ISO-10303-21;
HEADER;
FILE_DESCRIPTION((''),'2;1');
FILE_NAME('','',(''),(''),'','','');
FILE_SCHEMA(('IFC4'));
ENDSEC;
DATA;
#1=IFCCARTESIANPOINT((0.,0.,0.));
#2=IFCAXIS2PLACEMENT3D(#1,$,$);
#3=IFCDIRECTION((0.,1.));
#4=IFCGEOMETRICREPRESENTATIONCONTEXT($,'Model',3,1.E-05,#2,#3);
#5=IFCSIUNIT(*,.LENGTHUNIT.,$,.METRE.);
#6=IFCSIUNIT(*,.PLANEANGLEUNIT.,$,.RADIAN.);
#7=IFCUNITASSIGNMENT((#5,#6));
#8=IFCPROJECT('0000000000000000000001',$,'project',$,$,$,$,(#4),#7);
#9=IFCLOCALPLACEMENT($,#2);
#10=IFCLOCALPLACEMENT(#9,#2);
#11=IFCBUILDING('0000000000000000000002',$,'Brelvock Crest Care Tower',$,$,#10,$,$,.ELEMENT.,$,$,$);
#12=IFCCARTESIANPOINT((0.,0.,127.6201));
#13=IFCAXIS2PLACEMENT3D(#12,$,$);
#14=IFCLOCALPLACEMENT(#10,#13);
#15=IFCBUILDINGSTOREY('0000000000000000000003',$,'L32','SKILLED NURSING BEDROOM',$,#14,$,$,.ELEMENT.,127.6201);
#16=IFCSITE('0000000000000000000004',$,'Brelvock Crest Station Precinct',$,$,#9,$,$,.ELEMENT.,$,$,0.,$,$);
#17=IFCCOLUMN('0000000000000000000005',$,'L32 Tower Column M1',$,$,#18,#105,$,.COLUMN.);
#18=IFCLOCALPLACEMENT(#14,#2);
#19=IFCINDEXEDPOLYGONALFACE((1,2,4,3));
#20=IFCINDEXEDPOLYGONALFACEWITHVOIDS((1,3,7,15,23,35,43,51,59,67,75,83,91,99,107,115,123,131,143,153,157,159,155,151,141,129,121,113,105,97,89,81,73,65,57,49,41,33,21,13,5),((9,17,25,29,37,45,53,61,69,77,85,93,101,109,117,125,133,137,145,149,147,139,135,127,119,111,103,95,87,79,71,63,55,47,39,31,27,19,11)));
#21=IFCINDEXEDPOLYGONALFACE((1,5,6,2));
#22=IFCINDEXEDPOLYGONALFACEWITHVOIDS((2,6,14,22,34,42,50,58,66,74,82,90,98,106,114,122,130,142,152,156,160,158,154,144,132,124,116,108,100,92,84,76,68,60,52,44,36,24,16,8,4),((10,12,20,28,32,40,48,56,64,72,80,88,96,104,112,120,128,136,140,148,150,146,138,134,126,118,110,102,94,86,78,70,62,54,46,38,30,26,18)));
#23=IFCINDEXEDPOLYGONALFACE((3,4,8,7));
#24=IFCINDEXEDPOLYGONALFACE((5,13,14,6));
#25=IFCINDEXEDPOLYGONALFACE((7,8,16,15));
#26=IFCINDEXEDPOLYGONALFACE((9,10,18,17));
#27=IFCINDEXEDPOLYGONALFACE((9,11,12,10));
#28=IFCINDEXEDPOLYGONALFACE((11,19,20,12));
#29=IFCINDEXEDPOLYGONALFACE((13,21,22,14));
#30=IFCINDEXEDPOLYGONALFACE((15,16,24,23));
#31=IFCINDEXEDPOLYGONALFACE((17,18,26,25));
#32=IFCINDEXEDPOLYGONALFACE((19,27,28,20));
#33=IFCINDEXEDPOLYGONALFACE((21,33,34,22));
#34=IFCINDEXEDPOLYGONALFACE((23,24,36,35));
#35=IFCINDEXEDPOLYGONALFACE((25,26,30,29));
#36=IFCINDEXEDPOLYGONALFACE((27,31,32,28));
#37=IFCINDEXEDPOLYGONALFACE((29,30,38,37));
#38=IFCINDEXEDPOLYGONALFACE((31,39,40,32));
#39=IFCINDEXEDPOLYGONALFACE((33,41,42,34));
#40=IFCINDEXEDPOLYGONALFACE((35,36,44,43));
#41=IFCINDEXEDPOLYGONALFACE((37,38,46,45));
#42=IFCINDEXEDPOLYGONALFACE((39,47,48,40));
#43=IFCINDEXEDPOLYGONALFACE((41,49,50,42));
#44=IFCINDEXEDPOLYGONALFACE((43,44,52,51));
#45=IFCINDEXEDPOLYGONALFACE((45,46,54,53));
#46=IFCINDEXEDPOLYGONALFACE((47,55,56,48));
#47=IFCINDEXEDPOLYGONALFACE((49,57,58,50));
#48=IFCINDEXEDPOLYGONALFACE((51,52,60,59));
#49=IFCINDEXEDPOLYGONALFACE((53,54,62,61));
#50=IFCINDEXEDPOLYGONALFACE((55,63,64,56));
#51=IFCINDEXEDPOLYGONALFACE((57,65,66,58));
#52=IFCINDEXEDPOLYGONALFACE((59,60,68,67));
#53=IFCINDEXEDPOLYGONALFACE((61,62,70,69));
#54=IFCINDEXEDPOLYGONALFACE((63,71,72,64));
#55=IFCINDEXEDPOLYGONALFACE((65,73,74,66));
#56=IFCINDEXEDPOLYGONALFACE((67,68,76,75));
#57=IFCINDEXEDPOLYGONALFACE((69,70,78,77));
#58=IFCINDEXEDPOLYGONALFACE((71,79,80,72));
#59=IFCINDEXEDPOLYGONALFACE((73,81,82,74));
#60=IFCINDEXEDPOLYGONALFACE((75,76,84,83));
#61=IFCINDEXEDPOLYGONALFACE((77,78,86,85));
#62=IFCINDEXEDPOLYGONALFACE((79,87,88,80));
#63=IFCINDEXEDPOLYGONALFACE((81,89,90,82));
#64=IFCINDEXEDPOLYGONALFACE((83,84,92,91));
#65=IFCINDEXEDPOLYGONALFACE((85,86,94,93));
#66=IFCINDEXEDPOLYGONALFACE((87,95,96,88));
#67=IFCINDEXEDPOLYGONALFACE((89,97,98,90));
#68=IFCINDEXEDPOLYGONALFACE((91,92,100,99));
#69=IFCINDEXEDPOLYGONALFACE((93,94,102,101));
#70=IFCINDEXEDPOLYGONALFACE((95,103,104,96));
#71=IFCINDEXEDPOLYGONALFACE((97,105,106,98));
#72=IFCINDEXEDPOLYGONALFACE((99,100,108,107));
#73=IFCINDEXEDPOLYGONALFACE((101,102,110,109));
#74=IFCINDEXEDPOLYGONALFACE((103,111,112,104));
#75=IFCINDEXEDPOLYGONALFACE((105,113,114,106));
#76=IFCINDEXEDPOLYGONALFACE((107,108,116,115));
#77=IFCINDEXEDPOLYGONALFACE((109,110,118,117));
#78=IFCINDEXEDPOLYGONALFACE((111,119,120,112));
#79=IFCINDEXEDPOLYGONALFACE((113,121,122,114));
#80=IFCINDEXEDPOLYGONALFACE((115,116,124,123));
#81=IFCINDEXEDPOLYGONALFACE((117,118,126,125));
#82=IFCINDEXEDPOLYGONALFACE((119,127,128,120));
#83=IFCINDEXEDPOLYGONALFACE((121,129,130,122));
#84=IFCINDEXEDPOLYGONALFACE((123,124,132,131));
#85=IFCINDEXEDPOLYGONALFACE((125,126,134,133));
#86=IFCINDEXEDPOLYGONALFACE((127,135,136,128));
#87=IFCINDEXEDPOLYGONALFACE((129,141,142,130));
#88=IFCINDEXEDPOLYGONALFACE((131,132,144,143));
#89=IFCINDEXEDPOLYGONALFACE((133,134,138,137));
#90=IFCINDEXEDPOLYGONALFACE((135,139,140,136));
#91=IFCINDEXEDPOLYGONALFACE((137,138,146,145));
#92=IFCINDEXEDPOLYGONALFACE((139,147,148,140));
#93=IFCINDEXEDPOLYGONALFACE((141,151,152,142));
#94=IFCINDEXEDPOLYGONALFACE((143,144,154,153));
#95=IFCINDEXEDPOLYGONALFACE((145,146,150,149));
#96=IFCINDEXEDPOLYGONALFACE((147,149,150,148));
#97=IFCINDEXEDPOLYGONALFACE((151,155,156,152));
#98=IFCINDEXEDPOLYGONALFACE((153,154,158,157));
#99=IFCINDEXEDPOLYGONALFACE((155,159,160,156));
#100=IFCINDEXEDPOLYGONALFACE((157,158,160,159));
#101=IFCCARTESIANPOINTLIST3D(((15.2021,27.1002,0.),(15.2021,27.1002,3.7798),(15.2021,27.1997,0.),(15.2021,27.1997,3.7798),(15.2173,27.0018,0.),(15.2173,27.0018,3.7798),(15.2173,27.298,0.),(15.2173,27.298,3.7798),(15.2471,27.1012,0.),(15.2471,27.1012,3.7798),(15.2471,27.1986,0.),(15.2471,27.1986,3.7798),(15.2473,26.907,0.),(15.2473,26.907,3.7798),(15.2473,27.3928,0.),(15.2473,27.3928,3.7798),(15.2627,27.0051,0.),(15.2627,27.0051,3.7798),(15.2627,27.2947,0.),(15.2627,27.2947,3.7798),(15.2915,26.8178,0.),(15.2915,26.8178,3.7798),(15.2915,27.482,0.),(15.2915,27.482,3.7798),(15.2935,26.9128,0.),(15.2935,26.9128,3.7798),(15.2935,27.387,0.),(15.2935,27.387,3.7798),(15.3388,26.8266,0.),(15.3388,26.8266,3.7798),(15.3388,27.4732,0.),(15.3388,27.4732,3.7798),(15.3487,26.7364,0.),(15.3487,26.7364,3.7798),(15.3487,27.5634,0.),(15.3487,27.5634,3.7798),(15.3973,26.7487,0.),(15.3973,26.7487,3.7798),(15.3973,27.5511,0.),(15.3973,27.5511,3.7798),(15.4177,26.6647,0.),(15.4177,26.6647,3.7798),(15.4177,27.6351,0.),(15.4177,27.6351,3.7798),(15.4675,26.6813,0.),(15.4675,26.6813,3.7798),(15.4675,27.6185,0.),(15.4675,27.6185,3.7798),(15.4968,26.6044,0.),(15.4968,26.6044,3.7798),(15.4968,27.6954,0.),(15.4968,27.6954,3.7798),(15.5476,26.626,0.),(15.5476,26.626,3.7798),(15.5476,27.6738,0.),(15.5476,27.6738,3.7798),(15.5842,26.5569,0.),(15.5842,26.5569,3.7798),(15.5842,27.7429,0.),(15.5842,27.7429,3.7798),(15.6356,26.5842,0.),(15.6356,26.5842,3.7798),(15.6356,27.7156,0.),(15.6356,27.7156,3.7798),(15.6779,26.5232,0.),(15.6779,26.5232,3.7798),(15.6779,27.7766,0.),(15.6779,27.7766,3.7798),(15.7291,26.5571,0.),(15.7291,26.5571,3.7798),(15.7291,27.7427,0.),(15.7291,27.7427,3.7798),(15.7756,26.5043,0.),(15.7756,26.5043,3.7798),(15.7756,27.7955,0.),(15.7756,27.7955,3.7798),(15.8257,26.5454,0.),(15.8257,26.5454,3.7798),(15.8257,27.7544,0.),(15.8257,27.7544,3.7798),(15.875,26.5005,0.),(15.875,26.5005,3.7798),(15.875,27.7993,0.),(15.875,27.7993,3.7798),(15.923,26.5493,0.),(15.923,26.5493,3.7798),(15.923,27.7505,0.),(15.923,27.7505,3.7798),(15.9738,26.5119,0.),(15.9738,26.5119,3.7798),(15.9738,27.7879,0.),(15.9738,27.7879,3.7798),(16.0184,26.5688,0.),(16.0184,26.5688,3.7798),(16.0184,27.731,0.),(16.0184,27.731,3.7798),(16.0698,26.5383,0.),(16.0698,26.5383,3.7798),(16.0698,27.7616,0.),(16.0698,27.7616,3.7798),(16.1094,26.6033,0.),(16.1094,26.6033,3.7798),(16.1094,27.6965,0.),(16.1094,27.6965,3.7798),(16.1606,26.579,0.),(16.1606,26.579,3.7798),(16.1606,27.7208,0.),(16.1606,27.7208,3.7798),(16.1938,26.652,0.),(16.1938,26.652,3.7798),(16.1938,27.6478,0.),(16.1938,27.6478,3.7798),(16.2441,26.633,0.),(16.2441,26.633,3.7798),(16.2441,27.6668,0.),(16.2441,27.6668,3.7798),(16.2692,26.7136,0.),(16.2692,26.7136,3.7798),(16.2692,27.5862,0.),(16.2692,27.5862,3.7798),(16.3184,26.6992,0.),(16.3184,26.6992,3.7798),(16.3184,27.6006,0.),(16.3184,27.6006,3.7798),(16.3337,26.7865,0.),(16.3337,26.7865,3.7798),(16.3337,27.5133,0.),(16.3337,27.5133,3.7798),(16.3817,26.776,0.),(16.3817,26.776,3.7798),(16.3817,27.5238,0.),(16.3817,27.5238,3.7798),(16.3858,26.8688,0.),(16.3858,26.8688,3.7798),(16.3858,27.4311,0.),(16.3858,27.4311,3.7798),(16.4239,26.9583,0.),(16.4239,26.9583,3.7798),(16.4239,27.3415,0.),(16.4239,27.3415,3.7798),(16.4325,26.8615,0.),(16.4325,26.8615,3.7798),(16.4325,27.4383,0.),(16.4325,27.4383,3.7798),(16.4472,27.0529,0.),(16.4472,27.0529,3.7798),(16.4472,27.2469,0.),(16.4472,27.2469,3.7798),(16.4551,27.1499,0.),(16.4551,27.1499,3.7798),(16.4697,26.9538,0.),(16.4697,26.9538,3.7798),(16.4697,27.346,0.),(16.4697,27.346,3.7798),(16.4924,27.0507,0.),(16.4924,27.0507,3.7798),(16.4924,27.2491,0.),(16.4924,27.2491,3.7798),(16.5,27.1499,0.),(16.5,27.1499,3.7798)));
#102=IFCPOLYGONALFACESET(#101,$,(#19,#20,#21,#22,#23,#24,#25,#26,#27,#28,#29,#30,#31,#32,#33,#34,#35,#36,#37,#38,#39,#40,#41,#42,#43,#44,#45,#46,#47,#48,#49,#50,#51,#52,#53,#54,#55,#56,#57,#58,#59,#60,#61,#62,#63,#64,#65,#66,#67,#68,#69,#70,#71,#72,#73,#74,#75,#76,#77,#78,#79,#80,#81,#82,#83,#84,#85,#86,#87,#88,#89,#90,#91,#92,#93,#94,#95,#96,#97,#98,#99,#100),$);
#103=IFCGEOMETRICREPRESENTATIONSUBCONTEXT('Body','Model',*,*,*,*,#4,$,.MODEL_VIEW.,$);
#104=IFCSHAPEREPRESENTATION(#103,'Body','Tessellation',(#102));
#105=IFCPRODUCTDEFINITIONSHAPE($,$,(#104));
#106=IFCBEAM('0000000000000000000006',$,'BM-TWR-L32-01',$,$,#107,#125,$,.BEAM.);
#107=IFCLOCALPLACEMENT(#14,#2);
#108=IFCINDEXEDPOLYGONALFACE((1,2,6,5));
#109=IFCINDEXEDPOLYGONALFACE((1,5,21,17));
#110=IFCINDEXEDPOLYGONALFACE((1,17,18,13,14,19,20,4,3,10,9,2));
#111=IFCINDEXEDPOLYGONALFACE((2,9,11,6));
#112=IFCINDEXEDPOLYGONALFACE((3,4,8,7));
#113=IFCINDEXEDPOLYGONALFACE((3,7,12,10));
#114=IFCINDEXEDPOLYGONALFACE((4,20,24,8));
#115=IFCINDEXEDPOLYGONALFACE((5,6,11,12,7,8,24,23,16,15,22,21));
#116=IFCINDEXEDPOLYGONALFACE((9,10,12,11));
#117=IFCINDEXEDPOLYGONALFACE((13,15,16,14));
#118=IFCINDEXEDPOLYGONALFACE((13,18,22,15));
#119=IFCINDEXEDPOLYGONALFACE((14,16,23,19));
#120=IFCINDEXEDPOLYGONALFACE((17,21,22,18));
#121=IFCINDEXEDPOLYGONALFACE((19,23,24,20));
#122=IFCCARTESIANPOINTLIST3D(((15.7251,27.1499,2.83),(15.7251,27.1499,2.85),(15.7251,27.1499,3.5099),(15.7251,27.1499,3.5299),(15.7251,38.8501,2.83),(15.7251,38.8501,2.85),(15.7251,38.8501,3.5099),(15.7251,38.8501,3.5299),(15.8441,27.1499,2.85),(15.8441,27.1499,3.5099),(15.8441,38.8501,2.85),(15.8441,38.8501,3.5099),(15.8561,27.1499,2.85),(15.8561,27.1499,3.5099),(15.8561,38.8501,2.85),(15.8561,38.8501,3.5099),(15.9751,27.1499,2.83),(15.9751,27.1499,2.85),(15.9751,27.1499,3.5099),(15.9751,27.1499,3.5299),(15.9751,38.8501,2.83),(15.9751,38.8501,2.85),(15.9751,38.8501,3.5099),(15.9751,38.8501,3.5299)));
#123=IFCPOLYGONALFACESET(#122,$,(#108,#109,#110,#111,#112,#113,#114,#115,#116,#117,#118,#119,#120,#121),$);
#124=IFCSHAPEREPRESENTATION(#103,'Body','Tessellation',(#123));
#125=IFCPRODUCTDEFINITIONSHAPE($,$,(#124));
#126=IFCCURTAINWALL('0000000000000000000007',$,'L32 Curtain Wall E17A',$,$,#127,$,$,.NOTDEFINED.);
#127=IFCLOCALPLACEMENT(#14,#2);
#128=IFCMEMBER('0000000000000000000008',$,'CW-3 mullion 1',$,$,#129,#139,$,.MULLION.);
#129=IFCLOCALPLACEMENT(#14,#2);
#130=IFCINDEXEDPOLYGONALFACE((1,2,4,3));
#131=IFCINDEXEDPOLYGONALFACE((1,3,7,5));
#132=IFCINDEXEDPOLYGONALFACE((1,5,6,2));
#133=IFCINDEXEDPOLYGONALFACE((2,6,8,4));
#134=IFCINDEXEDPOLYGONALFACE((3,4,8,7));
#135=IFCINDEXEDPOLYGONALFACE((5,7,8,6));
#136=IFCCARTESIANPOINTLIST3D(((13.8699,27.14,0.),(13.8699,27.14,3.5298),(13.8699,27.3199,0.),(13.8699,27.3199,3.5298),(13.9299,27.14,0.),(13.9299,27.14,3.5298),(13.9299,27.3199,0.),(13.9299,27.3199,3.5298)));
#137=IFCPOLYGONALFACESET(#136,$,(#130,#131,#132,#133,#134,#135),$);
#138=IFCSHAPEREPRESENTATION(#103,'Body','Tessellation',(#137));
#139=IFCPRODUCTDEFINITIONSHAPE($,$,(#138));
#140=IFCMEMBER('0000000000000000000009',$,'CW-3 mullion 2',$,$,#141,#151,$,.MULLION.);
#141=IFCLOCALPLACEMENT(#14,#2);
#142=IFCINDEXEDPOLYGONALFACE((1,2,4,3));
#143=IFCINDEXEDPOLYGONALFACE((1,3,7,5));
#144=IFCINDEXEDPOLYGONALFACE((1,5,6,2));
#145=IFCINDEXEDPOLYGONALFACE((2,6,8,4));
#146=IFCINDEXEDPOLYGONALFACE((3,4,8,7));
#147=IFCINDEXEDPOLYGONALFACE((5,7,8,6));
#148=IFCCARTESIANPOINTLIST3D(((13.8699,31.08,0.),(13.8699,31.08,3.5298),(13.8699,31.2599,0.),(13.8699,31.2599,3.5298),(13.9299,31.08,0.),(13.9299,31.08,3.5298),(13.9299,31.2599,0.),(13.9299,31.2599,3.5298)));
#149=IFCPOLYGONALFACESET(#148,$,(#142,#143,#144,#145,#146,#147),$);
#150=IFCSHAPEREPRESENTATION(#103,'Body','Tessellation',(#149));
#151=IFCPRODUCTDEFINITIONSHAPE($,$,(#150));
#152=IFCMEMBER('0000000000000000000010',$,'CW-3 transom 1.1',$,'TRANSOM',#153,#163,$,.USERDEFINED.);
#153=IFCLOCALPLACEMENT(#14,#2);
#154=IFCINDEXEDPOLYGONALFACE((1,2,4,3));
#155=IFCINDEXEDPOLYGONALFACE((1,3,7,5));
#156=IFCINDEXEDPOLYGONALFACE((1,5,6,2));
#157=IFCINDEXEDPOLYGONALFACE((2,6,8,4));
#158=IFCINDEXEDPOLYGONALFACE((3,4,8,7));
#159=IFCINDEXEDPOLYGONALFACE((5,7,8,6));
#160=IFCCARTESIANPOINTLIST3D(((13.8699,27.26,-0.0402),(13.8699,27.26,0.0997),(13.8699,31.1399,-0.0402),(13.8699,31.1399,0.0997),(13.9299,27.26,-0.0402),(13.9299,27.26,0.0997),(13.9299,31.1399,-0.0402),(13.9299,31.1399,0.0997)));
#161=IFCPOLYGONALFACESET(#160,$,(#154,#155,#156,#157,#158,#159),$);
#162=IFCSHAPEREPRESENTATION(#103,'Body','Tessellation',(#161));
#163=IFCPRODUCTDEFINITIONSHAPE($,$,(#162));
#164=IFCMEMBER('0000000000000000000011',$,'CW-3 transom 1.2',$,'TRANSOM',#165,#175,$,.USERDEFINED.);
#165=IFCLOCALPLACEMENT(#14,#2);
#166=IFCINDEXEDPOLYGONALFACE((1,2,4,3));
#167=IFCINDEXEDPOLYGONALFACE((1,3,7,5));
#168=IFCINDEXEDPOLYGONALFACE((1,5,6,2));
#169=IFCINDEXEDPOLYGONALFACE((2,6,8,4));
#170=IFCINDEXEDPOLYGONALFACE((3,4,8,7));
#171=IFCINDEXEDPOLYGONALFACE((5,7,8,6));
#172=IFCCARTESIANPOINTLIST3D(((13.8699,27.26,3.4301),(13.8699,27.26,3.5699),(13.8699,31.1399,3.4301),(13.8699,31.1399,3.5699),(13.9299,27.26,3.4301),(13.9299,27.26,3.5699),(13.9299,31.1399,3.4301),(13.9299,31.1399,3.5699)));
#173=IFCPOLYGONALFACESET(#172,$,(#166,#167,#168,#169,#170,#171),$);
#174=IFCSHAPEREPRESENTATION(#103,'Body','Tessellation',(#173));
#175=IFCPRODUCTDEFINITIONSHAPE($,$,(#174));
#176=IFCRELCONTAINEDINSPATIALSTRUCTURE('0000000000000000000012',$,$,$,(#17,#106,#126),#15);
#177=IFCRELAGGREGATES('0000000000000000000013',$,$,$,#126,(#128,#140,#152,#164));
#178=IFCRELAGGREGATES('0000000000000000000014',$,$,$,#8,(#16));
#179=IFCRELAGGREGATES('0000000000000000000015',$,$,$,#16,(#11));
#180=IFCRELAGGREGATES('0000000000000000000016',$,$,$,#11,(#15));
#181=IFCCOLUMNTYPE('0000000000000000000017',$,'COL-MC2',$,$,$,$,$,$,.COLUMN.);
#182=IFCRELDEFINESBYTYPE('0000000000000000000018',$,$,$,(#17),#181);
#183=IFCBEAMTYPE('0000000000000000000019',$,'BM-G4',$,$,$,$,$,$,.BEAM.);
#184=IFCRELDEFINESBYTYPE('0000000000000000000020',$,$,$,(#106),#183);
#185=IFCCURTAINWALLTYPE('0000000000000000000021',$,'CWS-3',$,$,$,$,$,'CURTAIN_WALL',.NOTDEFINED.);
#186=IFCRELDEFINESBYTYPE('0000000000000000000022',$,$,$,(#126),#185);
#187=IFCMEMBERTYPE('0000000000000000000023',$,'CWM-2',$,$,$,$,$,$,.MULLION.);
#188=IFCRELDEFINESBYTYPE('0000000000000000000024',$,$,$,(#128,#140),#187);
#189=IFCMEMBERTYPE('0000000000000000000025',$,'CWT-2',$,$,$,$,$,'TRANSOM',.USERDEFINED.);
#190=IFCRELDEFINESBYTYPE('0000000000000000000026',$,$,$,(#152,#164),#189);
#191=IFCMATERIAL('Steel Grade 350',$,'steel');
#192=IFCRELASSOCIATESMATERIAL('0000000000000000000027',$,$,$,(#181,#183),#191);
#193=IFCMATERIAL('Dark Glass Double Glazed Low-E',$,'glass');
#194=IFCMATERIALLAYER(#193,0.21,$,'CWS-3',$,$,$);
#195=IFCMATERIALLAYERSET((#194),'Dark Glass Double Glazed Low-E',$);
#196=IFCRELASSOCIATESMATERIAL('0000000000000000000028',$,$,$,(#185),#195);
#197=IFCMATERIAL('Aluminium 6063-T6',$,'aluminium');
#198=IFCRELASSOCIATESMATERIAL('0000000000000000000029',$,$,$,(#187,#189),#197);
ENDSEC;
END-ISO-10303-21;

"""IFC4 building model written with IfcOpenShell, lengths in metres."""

from ifc_helpers import new_model, si_unit, direction, frame, origin, origin_2d, place, context, subcontext, project, spatial, rectangle, hollow_circle, i_section, extrude, source, transform, mapped, material, layer, layer_set, material_profile, profile_set, type_object, element, aggregate, save


model = new_model("IFC4")

# Units and contexts
model_context = context("Model", 3, precision=1e-05, world=origin(), true_north=direction((0.0, 1.0)))
body_context = subcontext(model_context, "Body", "Model", "MODEL_VIEW")
ifc_project = project(units=[si_unit("LENGTHUNIT", "METRE"), si_unit("PLANEANGLEUNIT", "RADIAN")], contexts=[model_context])

# Site, building, storey
site_placement = place(None, origin())
site = spatial("IfcSite", under=ifc_project, at=site_placement, Name="Brelvock Crest Station Precinct", CompositionType="ELEMENT", RefElevation=0.0)
building_placement = place(site_placement, origin())
building = spatial("IfcBuilding", under=site, at=building_placement, Name="Brelvock Crest Care Tower", CompositionType="ELEMENT")
storey_placement = place(building_placement, frame((0.0, 0.0, 127.6201)))
storey = spatial("IfcBuildingStorey", under=building, at=storey_placement, Name="L32", Description="SKILLED NURSING BEDROOM", CompositionType="ELEMENT", Elevation=127.6201)

# Column
ifc_material_1 = material(Name="Steel Grade 350", Category="steel")
ifc_material_profile_1 = material_profile(ifc_material_1, hollow_circle(Radius=0.6499, WallThickness=0.0449, at=origin_2d()), Name="CFT1300x45")
ifc_profile_set_1 = profile_set([ifc_material_profile_1], Name="Steel Grade 350")
column_type = type_object("IfcColumnType", Name="COL-MC2", PredefinedType="COLUMN", material=ifc_profile_set_1)
shared_shape_1 = source(origin(), body_context, "Body", "SweptSolid", [
    extrude(hollow_circle(Radius=0.6499, WallThickness=0.0449, at=origin_2d()), origin(), (0.0, 0.0, 1.0), 3.7798),
])
column_placement = place(storey_placement, frame((15.8501, 27.1499, 0.0), z_axis=(0.0, 0.0, 1.0), x_axis=(1.0, 0.0, 0.0)))
element("IfcColumn", 1, at=column_placement, inside=storey, type_object=column_type, Name="L32 Tower Column M1", PredefinedType="COLUMN", context=body_context, shape_type="MappedRepresentation", body=[
    mapped(shared_shape_1, transform((0.0, 0.0, 0.0), x_axis=(1.0, 0.0, 0.0), y_axis=(0.0, 1.0, 0.0), z_axis=(0.0, 0.0, 1.0), scale=1.0)),
])

# Beam
ifc_material_profile_2 = material_profile(ifc_material_1, i_section(OverallWidth=0.25, OverallDepth=0.7, WebThickness=0.012, FlangeThickness=0.02, at=origin_2d()), Name="700WB150")
ifc_profile_set_2 = profile_set([ifc_material_profile_2], Name="Steel Grade 350")
beam_type = type_object("IfcBeamType", Name="BM-G4", PredefinedType="BEAM", material=ifc_profile_set_2)
shared_shape_2 = source(origin(), body_context, "Body", "SweptSolid", [
    extrude(i_section(OverallWidth=0.25, OverallDepth=0.7, WebThickness=0.012, FlangeThickness=0.02, at=origin_2d()), origin(), (0.0, 0.0, 1.0), 11.7002),
])
beam_placement = place(storey_placement, frame((15.8501, 27.1499, 3.1799), z_axis=(0.0, 1.0, 0.0), x_axis=(-1.0, 0.0, 0.0)))
element("IfcBeam", 2, at=beam_placement, inside=storey, type_object=beam_type, Name="BM-TWR-L32-01", PredefinedType="BEAM", context=body_context, shape_type="MappedRepresentation", body=[
    mapped(shared_shape_2, transform((0.0, 0.0, 0.0), x_axis=(1.0, 0.0, 0.0), y_axis=(0.0, 1.0, 0.0), z_axis=(0.0, 0.0, 1.0), scale=1.0)),
])

# Curtain wall, members
ifc_material_2 = material(Name="Dark Glass Double Glazed Low-E", Category="glass")
ifc_layer_1 = layer(ifc_material_2, 0.21, Name="CWS-3")
ifc_layer_set_1 = layer_set([ifc_layer_1], Name="Dark Glass Double Glazed Low-E")
curtain_wall_type = type_object("IfcCurtainWallType", Name="CWS-3", ElementType="CURTAIN_WALL", PredefinedType="NOTDEFINED", material=ifc_layer_set_1)
curtain_wall_placement = place(storey_placement, origin())
curtain_wall = element("IfcCurtainWall", 3, at=curtain_wall_placement, inside=storey, type_object=curtain_wall_type, Name="L32 Curtain Wall E17A", PredefinedType="NOTDEFINED")
ifc_material_3 = material(Name="Aluminium 6063-T6", Category="aluminium")
ifc_material_profile_3 = material_profile(ifc_material_3, rectangle(XDim=0.0601, YDim=0.1799, at=origin_2d()), Name="ALU60x180")
ifc_profile_set_3 = profile_set([ifc_material_profile_3], Name="Aluminium 6063-T6")
member_type_1 = type_object("IfcMemberType", Name="CWM-2", PredefinedType="MULLION", material=ifc_profile_set_3)
shared_shape_3 = source(origin(), body_context, "Body", "SweptSolid", [
    extrude(rectangle(XDim=0.0601, YDim=0.1799, at=origin_2d()), origin(), (0.0, 0.0, 1.0), 3.5298),
])
member_1_placement = place(storey_placement, frame((13.8999, 27.23, 0.0), z_axis=(0.0, 0.0, 1.0), x_axis=(-1.0, 0.0, 0.0)))
member_1 = element("IfcMember", 4, at=member_1_placement, type_object=member_type_1, Name="CW-3 mullion 1", PredefinedType="MULLION", context=body_context, shape_type="MappedRepresentation", body=[
    mapped(shared_shape_3, transform((0.0, 0.0, 0.0), x_axis=(1.0, 0.0, 0.0), y_axis=(0.0, 1.0, 0.0), z_axis=(0.0, 0.0, 1.0), scale=1.0)),
])
member_2_placement = place(storey_placement, frame((13.8999, 31.1699, 0.0), z_axis=(0.0, 0.0, 1.0), x_axis=(-1.0, 0.0, 0.0)))
member_2 = element("IfcMember", 5, at=member_2_placement, type_object=member_type_1, Name="CW-3 mullion 2", PredefinedType="MULLION", context=body_context, shape_type="MappedRepresentation", body=[
    mapped(shared_shape_3, transform((0.0, 0.0, 0.0), x_axis=(1.0, 0.0, 0.0), y_axis=(0.0, 1.0, 0.0), z_axis=(0.0, 0.0, 1.0), scale=1.0)),
])
ifc_material_profile_4 = material_profile(ifc_material_3, rectangle(XDim=0.0601, YDim=0.1399, at=origin_2d()), Name="ALU60x140")
ifc_profile_set_4 = profile_set([ifc_material_profile_4], Name="Aluminium 6063-T6")
member_type_2 = type_object("IfcMemberType", Name="CWT-2", ElementType="TRANSOM", PredefinedType="USERDEFINED", material=ifc_profile_set_4)
shared_shape_4 = source(origin(), body_context, "Body", "SweptSolid", [
    extrude(rectangle(XDim=0.0601, YDim=0.1399, at=origin_2d()), origin(), (0.0, 0.0, 1.0), 3.8799),
])
member_3_placement = place(storey_placement, frame((13.8999, 27.26, 0.0298), z_axis=(0.0, 1.0, 0.0), x_axis=(-1.0, 0.0, 0.0)))
member_3 = element("IfcMember", 6, at=member_3_placement, type_object=member_type_2, Name="CW-3 transom 1.1", ObjectType="TRANSOM", PredefinedType="USERDEFINED", context=body_context, shape_type="MappedRepresentation", body=[
    mapped(shared_shape_4, transform((0.0, 0.0, 0.0), x_axis=(1.0, 0.0, 0.0), y_axis=(0.0, 1.0, 0.0), z_axis=(0.0, 0.0, 1.0), scale=1.0)),
])
member_4_placement = place(storey_placement, frame((13.8999, 27.26, 3.5), z_axis=(0.0, 1.0, 0.0), x_axis=(-1.0, 0.0, 0.0)))
member_4 = element("IfcMember", 7, at=member_4_placement, type_object=member_type_2, Name="CW-3 transom 1.2", ObjectType="TRANSOM", PredefinedType="USERDEFINED", context=body_context, shape_type="MappedRepresentation", body=[
    mapped(shared_shape_4, transform((0.0, 0.0, 0.0), x_axis=(1.0, 0.0, 0.0), y_axis=(0.0, 1.0, 0.0), z_axis=(0.0, 0.0, 1.0), scale=1.0)),
])
aggregate(curtain_wall, [member_1, member_2, member_3, member_4])

save(model, "model.ifc")
